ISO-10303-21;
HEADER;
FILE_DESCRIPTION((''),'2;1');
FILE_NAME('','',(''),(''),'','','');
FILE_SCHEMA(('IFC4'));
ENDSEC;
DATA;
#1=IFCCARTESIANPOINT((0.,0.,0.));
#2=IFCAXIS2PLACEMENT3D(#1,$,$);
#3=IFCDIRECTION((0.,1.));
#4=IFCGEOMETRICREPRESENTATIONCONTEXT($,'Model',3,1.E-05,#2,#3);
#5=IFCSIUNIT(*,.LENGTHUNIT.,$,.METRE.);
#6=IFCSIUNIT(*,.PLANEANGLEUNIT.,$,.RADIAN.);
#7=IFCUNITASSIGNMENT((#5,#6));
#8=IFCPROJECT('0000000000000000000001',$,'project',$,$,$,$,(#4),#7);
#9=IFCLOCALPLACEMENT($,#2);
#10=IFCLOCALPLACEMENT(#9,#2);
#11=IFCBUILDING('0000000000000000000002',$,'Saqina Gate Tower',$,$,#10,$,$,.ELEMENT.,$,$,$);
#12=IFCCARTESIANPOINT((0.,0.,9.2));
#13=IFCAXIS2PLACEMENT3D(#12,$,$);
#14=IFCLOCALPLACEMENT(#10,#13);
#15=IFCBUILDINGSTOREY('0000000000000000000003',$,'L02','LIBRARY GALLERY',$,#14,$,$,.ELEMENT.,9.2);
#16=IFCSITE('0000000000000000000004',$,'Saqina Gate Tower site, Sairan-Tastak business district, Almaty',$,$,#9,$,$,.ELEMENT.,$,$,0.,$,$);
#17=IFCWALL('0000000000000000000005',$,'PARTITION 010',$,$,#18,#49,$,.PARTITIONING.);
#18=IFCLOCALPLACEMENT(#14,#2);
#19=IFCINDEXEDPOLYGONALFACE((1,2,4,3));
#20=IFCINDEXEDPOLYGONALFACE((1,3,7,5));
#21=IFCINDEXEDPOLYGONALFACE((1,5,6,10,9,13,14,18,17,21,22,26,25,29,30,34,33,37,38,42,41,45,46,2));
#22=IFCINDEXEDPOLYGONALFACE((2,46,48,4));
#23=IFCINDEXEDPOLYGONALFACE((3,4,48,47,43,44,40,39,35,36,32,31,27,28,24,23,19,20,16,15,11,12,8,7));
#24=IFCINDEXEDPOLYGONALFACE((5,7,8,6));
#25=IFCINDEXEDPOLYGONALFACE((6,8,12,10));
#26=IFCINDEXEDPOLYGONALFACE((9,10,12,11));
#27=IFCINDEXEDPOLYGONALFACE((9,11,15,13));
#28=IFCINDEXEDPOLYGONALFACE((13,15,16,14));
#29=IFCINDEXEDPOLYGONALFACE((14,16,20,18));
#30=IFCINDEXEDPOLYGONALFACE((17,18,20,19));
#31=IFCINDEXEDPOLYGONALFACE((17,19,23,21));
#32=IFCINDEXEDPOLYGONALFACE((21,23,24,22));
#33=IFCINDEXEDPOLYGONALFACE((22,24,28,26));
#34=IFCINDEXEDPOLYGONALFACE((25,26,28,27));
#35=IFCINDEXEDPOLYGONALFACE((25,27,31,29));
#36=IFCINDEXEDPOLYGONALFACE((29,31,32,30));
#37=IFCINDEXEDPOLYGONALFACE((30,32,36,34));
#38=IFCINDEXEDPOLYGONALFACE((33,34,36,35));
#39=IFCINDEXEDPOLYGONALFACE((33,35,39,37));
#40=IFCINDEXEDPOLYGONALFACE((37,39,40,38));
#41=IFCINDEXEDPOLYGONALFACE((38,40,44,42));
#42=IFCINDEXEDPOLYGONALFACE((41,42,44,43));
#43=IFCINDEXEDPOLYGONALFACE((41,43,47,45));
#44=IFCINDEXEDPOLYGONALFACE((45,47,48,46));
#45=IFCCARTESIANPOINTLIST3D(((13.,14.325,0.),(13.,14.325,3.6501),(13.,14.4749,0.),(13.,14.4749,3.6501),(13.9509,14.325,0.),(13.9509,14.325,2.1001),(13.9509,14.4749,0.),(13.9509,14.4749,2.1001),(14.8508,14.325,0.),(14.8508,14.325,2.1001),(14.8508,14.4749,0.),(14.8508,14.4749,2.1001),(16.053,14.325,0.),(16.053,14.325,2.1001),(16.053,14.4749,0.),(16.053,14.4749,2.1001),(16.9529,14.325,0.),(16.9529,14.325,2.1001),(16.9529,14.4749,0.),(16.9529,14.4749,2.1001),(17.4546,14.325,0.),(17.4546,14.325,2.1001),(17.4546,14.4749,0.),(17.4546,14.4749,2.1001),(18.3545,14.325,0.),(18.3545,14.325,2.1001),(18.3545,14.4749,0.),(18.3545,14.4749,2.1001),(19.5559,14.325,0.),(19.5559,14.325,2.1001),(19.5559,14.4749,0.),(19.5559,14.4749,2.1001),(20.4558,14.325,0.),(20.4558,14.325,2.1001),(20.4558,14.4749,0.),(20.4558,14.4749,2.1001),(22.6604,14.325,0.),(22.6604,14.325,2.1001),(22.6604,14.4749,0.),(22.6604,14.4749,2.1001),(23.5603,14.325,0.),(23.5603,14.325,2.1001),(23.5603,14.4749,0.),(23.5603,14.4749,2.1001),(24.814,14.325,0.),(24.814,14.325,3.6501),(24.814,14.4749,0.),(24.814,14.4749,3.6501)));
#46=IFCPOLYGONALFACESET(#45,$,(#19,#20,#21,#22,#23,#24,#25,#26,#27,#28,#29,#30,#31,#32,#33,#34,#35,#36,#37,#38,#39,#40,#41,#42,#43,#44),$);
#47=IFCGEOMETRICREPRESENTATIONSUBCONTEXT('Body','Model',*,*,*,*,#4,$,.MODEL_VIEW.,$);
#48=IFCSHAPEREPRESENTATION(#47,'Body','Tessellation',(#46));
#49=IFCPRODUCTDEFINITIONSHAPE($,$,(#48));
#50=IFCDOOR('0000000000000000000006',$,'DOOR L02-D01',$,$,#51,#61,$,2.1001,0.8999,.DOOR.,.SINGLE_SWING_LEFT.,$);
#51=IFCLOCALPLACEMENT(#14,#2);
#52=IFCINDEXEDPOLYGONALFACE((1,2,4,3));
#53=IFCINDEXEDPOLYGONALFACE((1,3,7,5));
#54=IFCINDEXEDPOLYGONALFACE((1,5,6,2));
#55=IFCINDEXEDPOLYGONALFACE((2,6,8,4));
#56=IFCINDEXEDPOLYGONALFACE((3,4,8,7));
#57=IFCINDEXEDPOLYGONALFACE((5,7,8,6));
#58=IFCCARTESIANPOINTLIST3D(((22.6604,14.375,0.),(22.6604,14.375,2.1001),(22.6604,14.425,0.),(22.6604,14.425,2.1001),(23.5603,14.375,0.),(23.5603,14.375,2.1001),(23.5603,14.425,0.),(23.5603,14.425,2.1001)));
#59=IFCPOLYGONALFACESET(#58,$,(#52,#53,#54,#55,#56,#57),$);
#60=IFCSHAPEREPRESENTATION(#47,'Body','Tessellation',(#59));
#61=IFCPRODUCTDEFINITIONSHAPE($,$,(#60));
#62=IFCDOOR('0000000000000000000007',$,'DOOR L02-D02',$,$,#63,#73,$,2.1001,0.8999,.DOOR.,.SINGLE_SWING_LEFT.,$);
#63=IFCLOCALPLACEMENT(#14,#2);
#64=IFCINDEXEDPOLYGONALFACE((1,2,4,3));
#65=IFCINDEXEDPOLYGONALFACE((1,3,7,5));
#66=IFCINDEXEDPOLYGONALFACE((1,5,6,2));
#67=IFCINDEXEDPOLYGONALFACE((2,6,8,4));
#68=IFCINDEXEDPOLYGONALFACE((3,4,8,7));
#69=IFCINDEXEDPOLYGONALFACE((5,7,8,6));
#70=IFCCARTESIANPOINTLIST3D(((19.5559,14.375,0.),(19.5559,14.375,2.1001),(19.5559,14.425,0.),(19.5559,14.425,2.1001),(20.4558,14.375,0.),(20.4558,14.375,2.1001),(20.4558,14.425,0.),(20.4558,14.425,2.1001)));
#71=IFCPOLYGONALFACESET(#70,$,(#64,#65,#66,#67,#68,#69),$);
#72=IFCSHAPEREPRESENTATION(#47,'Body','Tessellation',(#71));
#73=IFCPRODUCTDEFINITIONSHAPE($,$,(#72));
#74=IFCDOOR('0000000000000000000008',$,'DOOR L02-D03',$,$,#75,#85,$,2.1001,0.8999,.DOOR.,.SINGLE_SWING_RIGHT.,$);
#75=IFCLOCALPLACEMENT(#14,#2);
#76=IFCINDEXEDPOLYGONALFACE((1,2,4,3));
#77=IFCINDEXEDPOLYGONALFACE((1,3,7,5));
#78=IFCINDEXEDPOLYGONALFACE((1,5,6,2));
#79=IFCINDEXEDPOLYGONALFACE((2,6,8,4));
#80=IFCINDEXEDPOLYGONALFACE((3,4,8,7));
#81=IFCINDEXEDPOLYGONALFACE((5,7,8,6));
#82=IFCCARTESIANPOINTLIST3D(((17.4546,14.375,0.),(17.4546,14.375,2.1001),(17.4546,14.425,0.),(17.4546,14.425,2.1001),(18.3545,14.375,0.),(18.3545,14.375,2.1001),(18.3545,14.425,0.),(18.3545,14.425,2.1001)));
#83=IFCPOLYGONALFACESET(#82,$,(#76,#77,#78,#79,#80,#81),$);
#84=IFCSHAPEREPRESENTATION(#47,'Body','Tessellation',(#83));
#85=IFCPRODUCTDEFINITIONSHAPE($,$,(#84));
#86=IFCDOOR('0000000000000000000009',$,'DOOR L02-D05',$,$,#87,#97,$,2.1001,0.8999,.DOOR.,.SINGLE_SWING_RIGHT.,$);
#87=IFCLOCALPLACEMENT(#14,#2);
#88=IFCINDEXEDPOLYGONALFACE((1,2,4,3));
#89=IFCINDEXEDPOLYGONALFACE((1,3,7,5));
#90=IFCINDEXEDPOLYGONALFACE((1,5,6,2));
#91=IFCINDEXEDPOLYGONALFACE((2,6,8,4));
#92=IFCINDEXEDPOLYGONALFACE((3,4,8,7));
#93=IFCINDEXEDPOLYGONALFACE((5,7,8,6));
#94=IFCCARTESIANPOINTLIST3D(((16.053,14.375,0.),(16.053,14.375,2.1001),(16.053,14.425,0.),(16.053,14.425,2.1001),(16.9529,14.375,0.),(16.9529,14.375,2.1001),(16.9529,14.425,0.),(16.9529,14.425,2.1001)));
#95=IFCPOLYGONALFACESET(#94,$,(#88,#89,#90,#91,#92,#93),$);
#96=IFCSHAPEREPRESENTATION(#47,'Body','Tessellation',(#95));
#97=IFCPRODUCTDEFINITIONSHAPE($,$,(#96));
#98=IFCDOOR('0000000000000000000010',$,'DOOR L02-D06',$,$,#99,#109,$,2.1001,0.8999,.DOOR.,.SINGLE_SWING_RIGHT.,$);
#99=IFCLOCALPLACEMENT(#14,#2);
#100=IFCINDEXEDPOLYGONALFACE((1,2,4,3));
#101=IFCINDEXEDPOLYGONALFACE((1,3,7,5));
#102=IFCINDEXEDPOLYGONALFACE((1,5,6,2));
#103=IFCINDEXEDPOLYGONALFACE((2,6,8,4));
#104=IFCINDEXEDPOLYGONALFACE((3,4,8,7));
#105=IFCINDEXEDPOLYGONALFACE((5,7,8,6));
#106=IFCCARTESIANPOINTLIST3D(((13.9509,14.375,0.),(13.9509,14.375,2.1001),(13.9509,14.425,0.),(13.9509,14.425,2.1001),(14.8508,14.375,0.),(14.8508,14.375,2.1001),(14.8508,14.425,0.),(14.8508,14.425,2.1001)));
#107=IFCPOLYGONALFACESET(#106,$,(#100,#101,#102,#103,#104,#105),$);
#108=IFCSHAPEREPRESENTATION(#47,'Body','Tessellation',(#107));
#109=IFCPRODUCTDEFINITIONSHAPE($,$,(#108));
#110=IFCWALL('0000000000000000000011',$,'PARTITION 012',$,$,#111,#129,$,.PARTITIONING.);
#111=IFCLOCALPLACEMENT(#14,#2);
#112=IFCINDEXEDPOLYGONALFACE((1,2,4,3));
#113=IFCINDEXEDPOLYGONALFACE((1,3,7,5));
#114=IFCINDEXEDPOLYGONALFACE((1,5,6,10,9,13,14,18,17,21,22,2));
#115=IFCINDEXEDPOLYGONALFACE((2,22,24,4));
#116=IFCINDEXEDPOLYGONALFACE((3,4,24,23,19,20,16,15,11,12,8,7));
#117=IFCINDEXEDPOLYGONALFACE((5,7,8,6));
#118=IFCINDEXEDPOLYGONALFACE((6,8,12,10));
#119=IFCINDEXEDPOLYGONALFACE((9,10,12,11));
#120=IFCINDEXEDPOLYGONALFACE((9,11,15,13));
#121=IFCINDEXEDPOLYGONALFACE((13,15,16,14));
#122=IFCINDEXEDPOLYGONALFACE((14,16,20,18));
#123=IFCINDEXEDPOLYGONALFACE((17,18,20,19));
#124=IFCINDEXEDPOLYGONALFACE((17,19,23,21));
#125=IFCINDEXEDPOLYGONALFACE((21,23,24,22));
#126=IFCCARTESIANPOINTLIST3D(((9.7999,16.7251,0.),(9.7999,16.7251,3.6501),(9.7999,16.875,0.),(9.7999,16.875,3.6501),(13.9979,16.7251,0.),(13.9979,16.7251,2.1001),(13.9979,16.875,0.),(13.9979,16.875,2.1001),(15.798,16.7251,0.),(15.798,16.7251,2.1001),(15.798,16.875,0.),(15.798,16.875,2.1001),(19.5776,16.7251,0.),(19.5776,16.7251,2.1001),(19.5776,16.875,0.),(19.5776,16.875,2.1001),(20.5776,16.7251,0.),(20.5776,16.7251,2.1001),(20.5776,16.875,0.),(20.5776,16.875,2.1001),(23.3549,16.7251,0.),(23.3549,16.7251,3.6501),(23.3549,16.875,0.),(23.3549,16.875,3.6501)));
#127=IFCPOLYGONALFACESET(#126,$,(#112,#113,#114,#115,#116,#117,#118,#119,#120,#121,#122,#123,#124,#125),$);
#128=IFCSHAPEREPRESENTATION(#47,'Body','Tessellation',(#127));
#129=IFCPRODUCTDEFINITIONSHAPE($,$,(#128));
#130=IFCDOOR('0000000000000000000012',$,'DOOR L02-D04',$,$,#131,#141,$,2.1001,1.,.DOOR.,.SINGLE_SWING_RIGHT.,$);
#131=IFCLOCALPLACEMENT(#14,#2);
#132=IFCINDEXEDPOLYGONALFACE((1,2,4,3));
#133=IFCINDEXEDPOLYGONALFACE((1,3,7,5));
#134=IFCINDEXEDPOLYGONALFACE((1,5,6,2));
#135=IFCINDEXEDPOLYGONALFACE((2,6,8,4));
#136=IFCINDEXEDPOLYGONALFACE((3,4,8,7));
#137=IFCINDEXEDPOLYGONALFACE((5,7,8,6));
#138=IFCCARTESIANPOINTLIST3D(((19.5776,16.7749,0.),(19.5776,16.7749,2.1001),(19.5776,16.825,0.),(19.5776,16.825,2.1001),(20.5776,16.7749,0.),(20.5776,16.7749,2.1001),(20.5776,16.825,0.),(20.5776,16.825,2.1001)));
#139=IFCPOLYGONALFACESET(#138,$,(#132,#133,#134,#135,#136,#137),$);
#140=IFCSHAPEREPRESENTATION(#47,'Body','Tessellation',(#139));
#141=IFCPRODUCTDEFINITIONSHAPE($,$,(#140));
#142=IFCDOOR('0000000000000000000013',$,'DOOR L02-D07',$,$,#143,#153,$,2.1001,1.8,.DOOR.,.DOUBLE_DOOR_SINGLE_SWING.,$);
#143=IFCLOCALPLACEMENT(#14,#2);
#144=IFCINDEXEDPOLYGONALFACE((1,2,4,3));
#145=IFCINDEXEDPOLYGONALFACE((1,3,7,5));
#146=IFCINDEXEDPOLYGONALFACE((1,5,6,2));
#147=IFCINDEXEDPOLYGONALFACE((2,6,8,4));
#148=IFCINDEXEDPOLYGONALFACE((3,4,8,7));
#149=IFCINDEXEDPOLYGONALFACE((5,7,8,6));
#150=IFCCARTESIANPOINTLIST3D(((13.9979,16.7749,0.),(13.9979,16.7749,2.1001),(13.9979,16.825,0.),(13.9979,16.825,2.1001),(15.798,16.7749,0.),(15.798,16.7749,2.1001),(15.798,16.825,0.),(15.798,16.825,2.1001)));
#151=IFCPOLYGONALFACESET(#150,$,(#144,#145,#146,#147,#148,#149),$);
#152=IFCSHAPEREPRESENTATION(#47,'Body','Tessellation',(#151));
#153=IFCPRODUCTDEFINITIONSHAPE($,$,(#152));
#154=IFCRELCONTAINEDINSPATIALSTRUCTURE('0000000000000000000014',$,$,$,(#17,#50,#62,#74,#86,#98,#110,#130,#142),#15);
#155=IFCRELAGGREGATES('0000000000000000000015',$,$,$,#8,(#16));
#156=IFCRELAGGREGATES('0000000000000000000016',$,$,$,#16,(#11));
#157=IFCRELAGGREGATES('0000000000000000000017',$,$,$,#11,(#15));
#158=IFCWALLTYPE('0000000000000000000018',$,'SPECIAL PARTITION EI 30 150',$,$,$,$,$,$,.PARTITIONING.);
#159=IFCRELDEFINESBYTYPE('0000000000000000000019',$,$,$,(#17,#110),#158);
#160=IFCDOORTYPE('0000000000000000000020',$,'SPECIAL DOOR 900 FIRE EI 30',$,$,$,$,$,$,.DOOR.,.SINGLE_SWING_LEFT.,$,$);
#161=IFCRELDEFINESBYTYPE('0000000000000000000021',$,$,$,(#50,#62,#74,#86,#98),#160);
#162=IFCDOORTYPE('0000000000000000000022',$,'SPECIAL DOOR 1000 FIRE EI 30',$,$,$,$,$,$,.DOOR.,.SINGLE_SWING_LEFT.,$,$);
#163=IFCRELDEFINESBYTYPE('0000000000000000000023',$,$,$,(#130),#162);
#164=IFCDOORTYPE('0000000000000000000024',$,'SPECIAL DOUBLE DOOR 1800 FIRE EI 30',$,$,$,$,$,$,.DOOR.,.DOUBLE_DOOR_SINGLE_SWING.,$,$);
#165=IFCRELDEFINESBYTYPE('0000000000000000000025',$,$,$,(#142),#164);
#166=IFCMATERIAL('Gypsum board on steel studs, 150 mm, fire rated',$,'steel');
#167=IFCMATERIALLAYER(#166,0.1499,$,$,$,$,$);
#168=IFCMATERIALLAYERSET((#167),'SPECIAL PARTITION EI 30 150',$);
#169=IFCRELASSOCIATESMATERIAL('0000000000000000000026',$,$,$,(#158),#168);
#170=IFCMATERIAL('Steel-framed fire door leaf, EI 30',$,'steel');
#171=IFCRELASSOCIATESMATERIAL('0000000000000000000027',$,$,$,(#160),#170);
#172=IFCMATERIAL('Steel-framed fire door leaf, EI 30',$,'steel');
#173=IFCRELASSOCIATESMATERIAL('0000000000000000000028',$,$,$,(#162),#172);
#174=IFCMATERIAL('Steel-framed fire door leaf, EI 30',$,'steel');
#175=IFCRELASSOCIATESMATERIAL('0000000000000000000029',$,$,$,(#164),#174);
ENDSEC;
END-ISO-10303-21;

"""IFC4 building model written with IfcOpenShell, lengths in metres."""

from ifc_helpers import new_model, si_unit, direction, frame, frame_2d, origin, place, context, subcontext, project, spatial, rectangle, extrude, material, layer, layer_set, type_object, element, fill, save


model = new_model("IFC4")

# Units and contexts
model_context = context("Model", 3, precision=1e-05, world=origin(), true_north=direction((0.0, 1.0)))
body_context = subcontext(model_context, "Body", "Model", "MODEL_VIEW")
ifc_project = project(units=[si_unit("LENGTHUNIT", "METRE"), si_unit("PLANEANGLEUNIT", "RADIAN")], contexts=[model_context])

# Site, building, storey
site_placement = place(None, origin())
site = spatial("IfcSite", under=ifc_project, at=site_placement, Name="Saqina Gate Tower site, Sairan-Tastak business district, Almaty", CompositionType="ELEMENT", RefElevation=0.0)
building_placement = place(site_placement, origin())
building = spatial("IfcBuilding", under=site, at=building_placement, Name="Saqina Gate Tower", CompositionType="ELEMENT")
storey_placement = place(building_placement, frame((0.0, 0.0, 9.2)))
storey = spatial("IfcBuildingStorey", under=building, at=storey_placement, Name="L02", Description="LIBRARY GALLERY", CompositionType="ELEMENT", Elevation=9.2)

# Walls, openings, doors
ifc_material_1 = material(Name="Gypsum board on steel studs, 150 mm, fire rated", Category="steel")
ifc_layer_1 = layer(ifc_material_1, 0.1499)
ifc_layer_set_1 = layer_set([ifc_layer_1], Name="SPECIAL PARTITION EI 30 150")
wall_type_1 = type_object("IfcWallType", Name="SPECIAL PARTITION EI 30 150", PredefinedType="PARTITIONING", material=ifc_layer_set_1)
wall_1_placement = place(storey_placement, frame((13.0, 14.3999, 0.0), z_axis=(0.0, 0.0, 1.0), x_axis=(1.0, 0.0, 0.0)))
wall_1 = element("IfcWall", 1, at=wall_1_placement, inside=storey, type_object=wall_type_1, Name="PARTITION 010", PredefinedType="PARTITIONING", context=body_context, shape_type="SweptSolid", body=[
    extrude(rectangle(XDim=11.814, YDim=0.1499, at=frame_2d((5.907, 0.0))), origin(), (0.0, 0.0, 1.0), 3.6501),
])
opening_1_placement = place(wall_1_placement, frame((9.6604, 0.0, 0.0)))
opening_1 = element("IfcOpeningElement", 2, at=opening_1_placement, cuts=wall_1, PredefinedType="OPENING", context=body_context, shape_type="SweptSolid", body=[
    extrude(rectangle(XDim=0.8999, YDim=2.1001, at=frame_2d((0.45, 1.05))), frame((0.0, 0.0869, 0.0), z_axis=(0.0, -1.0, 0.0), x_axis=(1.0, 0.0, 0.0)), (0.0, 0.0, 1.0), 0.1738),
])
opening_2_placement = place(wall_1_placement, frame((6.5559, 0.0, 0.0)))
opening_2 = element("IfcOpeningElement", 3, at=opening_2_placement, cuts=wall_1, PredefinedType="OPENING", context=body_context, shape_type="SweptSolid", body=[
    extrude(rectangle(XDim=0.8999, YDim=2.1001, at=frame_2d((0.45, 1.05))), frame((0.0, 0.0869, 0.0), z_axis=(0.0, -1.0, 0.0), x_axis=(1.0, 0.0, 0.0)), (0.0, 0.0, 1.0), 0.1738),
])
opening_3_placement = place(wall_1_placement, frame((4.4546, 0.0, 0.0)))
opening_3 = element("IfcOpeningElement", 4, at=opening_3_placement, cuts=wall_1, PredefinedType="OPENING", context=body_context, shape_type="SweptSolid", body=[
    extrude(rectangle(XDim=0.8999, YDim=2.1001, at=frame_2d((0.45, 1.05))), frame((0.0, 0.0869, 0.0), z_axis=(0.0, -1.0, 0.0), x_axis=(1.0, 0.0, 0.0)), (0.0, 0.0, 1.0), 0.1738),
])
opening_4_placement = place(wall_1_placement, frame((3.053, 0.0, 0.0)))
opening_4 = element("IfcOpeningElement", 5, at=opening_4_placement, cuts=wall_1, PredefinedType="OPENING", context=body_context, shape_type="SweptSolid", body=[
    extrude(rectangle(XDim=0.8999, YDim=2.1001, at=frame_2d((0.45, 1.05))), frame((0.0, 0.0869, 0.0), z_axis=(0.0, -1.0, 0.0), x_axis=(1.0, 0.0, 0.0)), (0.0, 0.0, 1.0), 0.1738),
])
opening_5_placement = place(wall_1_placement, frame((0.9509, 0.0, 0.0)))
opening_5 = element("IfcOpeningElement", 6, at=opening_5_placement, cuts=wall_1, PredefinedType="OPENING", context=body_context, shape_type="SweptSolid", body=[
    extrude(rectangle(XDim=0.8999, YDim=2.1001, at=frame_2d((0.45, 1.05))), frame((0.0, 0.0869, 0.0), z_axis=(0.0, -1.0, 0.0), x_axis=(1.0, 0.0, 0.0)), (0.0, 0.0, 1.0), 0.1738),
])
ifc_material_2 = material(Name="Steel-framed fire door leaf, EI 30", Category="steel")
door_type_1 = type_object("IfcDoorType", Name="SPECIAL DOOR 900 FIRE EI 30", OperationType="SINGLE_SWING_LEFT", PredefinedType="DOOR", material=ifc_material_2)
door_1_placement = place(opening_1_placement, frame((0.8999, 0.0, 0.0), z_axis=(0.0, 0.0, 1.0), x_axis=(-1.0, 0.0, 0.0)))
door_1 = element("IfcDoor", 7, at=door_1_placement, inside=storey, type_object=door_type_1, Name="DOOR L02-D01", OperationType="SINGLE_SWING_LEFT", OverallHeight=2.1001, OverallWidth=0.8999, PredefinedType="DOOR", context=body_context, shape_type="SweptSolid", body=[
    extrude(rectangle(XDim=0.8999, YDim=2.1001, at=frame_2d((0.45, 1.05))), frame((0.0, 0.0249, 0.0), z_axis=(0.0, -1.0, 0.0), x_axis=(1.0, 0.0, 0.0)), (0.0, 0.0, 1.0), 0.05),
])
fill(opening_1, door_1)
door_2_placement = place(opening_2_placement, frame((0.8999, 0.0, 0.0), z_axis=(0.0, 0.0, 1.0), x_axis=(-1.0, 0.0, 0.0)))
door_2 = element("IfcDoor", 8, at=door_2_placement, inside=storey, type_object=door_type_1, Name="DOOR L02-D02", OperationType="SINGLE_SWING_LEFT", OverallHeight=2.1001, OverallWidth=0.8999, PredefinedType="DOOR", context=body_context, shape_type="SweptSolid", body=[
    extrude(rectangle(XDim=0.8999, YDim=2.1001, at=frame_2d((0.45, 1.05))), frame((0.0, 0.0249, 0.0), z_axis=(0.0, -1.0, 0.0), x_axis=(1.0, 0.0, 0.0)), (0.0, 0.0, 1.0), 0.05),
])
fill(opening_2, door_2)
door_3_placement = place(opening_3_placement, frame((0.8999, 0.0, 0.0), z_axis=(0.0, 0.0, 1.0), x_axis=(-1.0, 0.0, 0.0)))
door_3 = element("IfcDoor", 9, at=door_3_placement, inside=storey, type_object=door_type_1, Name="DOOR L02-D03", OperationType="SINGLE_SWING_RIGHT", OverallHeight=2.1001, OverallWidth=0.8999, PredefinedType="DOOR", context=body_context, shape_type="SweptSolid", body=[
    extrude(rectangle(XDim=0.8999, YDim=2.1001, at=frame_2d((0.45, 1.05))), frame((0.0, 0.0249, 0.0), z_axis=(0.0, -1.0, 0.0), x_axis=(1.0, 0.0, 0.0)), (0.0, 0.0, 1.0), 0.05),
])
fill(opening_3, door_3)
door_4_placement = place(opening_4_placement, frame((0.8999, 0.0, 0.0), z_axis=(0.0, 0.0, 1.0), x_axis=(-1.0, 0.0, 0.0)))
door_4 = element("IfcDoor", 10, at=door_4_placement, inside=storey, type_object=door_type_1, Name="DOOR L02-D05", OperationType="SINGLE_SWING_RIGHT", OverallHeight=2.1001, OverallWidth=0.8999, PredefinedType="DOOR", context=body_context, shape_type="SweptSolid", body=[
    extrude(rectangle(XDim=0.8999, YDim=2.1001, at=frame_2d((0.45, 1.05))), frame((0.0, 0.0249, 0.0), z_axis=(0.0, -1.0, 0.0), x_axis=(1.0, 0.0, 0.0)), (0.0, 0.0, 1.0), 0.05),
])
fill(opening_4, door_4)
door_5_placement = place(opening_5_placement, frame((0.8999, 0.0, 0.0), z_axis=(0.0, 0.0, 1.0), x_axis=(-1.0, 0.0, 0.0)))
door_5 = element("IfcDoor", 11, at=door_5_placement, inside=storey, type_object=door_type_1, Name="DOOR L02-D06", OperationType="SINGLE_SWING_RIGHT", OverallHeight=2.1001, OverallWidth=0.8999, PredefinedType="DOOR", context=body_context, shape_type="SweptSolid", body=[
    extrude(rectangle(XDim=0.8999, YDim=2.1001, at=frame_2d((0.45, 1.05))), frame((0.0, 0.0249, 0.0), z_axis=(0.0, -1.0, 0.0), x_axis=(1.0, 0.0, 0.0)), (0.0, 0.0, 1.0), 0.05),
])
fill(opening_5, door_5)
wall_2_placement = place(storey_placement, frame((9.8, 16.8, 0.0), z_axis=(0.0, 0.0, 1.0), x_axis=(1.0, 0.0, 0.0)))
wall_2 = element("IfcWall", 12, at=wall_2_placement, inside=storey, type_object=wall_type_1, Name="PARTITION 012", PredefinedType="PARTITIONING", context=body_context, shape_type="SweptSolid", body=[
    extrude(rectangle(XDim=13.5549, YDim=0.1499, at=frame_2d((6.7773, 0.0))), origin(), (0.0, 0.0, 1.0), 3.6501),
])
opening_6_placement = place(wall_2_placement, frame((9.7776, 0.0, 0.0)))
opening_6 = element("IfcOpeningElement", 13, at=opening_6_placement, cuts=wall_2, PredefinedType="OPENING", context=body_context, shape_type="SweptSolid", body=[
    extrude(rectangle(XDim=1.0, YDim=2.1001, at=frame_2d((0.5, 1.05))), frame((0.0, 0.0869, 0.0), z_axis=(0.0, -1.0, 0.0), x_axis=(1.0, 0.0, 0.0)), (0.0, 0.0, 1.0), 0.1738),
])
opening_7_placement = place(wall_2_placement, frame((4.198, 0.0, 0.0)))
opening_7 = element("IfcOpeningElement", 14, at=opening_7_placement, cuts=wall_2, PredefinedType="OPENING", context=body_context, shape_type="SweptSolid", body=[
    extrude(rectangle(XDim=1.8, YDim=2.1001, at=frame_2d((0.8999, 1.05))), frame((0.0, 0.0869, 0.0), z_axis=(0.0, -1.0, 0.0), x_axis=(1.0, 0.0, 0.0)), (0.0, 0.0, 1.0), 0.1738),
])
ifc_material_3 = material(Name="Steel-framed fire door leaf, EI 30", Category="steel")
door_type_2 = type_object("IfcDoorType", Name="SPECIAL DOOR 1000 FIRE EI 30", OperationType="SINGLE_SWING_LEFT", PredefinedType="DOOR", material=ifc_material_3)
door_6_placement = place(opening_6_placement, origin())
door_6 = element("IfcDoor", 15, at=door_6_placement, inside=storey, type_object=door_type_2, Name="DOOR L02-D04", OperationType="SINGLE_SWING_RIGHT", OverallHeight=2.1001, OverallWidth=1.0, PredefinedType="DOOR", context=body_context, shape_type="SweptSolid", body=[
    extrude(rectangle(XDim=1.0, YDim=2.1001, at=frame_2d((0.5, 1.05))), frame((0.0, 0.0249, 0.0), z_axis=(0.0, -1.0, 0.0), x_axis=(1.0, 0.0, 0.0)), (0.0, 0.0, 1.0), 0.05),
])
fill(opening_6, door_6)
ifc_material_4 = material(Name="Steel-framed fire door leaf, EI 30", Category="steel")
door_type_3 = type_object("IfcDoorType", Name="SPECIAL DOUBLE DOOR 1800 FIRE EI 30", OperationType="DOUBLE_DOOR_SINGLE_SWING", PredefinedType="DOOR", material=ifc_material_4)
door_7_placement = place(opening_7_placement, origin())
door_7 = element("IfcDoor", 16, at=door_7_placement, inside=storey, type_object=door_type_3, Name="DOOR L02-D07", OperationType="DOUBLE_DOOR_SINGLE_SWING", OverallHeight=2.1001, OverallWidth=1.8, PredefinedType="DOOR", context=body_context, shape_type="SweptSolid", body=[
    extrude(rectangle(XDim=1.8, YDim=2.1001, at=frame_2d((0.8999, 1.05))), frame((0.0, 0.0249, 0.0), z_axis=(0.0, -1.0, 0.0), x_axis=(1.0, 0.0, 0.0)), (0.0, 0.0, 1.0), 0.05),
])
fill(opening_7, door_7)

save(model, "model.ifc")
